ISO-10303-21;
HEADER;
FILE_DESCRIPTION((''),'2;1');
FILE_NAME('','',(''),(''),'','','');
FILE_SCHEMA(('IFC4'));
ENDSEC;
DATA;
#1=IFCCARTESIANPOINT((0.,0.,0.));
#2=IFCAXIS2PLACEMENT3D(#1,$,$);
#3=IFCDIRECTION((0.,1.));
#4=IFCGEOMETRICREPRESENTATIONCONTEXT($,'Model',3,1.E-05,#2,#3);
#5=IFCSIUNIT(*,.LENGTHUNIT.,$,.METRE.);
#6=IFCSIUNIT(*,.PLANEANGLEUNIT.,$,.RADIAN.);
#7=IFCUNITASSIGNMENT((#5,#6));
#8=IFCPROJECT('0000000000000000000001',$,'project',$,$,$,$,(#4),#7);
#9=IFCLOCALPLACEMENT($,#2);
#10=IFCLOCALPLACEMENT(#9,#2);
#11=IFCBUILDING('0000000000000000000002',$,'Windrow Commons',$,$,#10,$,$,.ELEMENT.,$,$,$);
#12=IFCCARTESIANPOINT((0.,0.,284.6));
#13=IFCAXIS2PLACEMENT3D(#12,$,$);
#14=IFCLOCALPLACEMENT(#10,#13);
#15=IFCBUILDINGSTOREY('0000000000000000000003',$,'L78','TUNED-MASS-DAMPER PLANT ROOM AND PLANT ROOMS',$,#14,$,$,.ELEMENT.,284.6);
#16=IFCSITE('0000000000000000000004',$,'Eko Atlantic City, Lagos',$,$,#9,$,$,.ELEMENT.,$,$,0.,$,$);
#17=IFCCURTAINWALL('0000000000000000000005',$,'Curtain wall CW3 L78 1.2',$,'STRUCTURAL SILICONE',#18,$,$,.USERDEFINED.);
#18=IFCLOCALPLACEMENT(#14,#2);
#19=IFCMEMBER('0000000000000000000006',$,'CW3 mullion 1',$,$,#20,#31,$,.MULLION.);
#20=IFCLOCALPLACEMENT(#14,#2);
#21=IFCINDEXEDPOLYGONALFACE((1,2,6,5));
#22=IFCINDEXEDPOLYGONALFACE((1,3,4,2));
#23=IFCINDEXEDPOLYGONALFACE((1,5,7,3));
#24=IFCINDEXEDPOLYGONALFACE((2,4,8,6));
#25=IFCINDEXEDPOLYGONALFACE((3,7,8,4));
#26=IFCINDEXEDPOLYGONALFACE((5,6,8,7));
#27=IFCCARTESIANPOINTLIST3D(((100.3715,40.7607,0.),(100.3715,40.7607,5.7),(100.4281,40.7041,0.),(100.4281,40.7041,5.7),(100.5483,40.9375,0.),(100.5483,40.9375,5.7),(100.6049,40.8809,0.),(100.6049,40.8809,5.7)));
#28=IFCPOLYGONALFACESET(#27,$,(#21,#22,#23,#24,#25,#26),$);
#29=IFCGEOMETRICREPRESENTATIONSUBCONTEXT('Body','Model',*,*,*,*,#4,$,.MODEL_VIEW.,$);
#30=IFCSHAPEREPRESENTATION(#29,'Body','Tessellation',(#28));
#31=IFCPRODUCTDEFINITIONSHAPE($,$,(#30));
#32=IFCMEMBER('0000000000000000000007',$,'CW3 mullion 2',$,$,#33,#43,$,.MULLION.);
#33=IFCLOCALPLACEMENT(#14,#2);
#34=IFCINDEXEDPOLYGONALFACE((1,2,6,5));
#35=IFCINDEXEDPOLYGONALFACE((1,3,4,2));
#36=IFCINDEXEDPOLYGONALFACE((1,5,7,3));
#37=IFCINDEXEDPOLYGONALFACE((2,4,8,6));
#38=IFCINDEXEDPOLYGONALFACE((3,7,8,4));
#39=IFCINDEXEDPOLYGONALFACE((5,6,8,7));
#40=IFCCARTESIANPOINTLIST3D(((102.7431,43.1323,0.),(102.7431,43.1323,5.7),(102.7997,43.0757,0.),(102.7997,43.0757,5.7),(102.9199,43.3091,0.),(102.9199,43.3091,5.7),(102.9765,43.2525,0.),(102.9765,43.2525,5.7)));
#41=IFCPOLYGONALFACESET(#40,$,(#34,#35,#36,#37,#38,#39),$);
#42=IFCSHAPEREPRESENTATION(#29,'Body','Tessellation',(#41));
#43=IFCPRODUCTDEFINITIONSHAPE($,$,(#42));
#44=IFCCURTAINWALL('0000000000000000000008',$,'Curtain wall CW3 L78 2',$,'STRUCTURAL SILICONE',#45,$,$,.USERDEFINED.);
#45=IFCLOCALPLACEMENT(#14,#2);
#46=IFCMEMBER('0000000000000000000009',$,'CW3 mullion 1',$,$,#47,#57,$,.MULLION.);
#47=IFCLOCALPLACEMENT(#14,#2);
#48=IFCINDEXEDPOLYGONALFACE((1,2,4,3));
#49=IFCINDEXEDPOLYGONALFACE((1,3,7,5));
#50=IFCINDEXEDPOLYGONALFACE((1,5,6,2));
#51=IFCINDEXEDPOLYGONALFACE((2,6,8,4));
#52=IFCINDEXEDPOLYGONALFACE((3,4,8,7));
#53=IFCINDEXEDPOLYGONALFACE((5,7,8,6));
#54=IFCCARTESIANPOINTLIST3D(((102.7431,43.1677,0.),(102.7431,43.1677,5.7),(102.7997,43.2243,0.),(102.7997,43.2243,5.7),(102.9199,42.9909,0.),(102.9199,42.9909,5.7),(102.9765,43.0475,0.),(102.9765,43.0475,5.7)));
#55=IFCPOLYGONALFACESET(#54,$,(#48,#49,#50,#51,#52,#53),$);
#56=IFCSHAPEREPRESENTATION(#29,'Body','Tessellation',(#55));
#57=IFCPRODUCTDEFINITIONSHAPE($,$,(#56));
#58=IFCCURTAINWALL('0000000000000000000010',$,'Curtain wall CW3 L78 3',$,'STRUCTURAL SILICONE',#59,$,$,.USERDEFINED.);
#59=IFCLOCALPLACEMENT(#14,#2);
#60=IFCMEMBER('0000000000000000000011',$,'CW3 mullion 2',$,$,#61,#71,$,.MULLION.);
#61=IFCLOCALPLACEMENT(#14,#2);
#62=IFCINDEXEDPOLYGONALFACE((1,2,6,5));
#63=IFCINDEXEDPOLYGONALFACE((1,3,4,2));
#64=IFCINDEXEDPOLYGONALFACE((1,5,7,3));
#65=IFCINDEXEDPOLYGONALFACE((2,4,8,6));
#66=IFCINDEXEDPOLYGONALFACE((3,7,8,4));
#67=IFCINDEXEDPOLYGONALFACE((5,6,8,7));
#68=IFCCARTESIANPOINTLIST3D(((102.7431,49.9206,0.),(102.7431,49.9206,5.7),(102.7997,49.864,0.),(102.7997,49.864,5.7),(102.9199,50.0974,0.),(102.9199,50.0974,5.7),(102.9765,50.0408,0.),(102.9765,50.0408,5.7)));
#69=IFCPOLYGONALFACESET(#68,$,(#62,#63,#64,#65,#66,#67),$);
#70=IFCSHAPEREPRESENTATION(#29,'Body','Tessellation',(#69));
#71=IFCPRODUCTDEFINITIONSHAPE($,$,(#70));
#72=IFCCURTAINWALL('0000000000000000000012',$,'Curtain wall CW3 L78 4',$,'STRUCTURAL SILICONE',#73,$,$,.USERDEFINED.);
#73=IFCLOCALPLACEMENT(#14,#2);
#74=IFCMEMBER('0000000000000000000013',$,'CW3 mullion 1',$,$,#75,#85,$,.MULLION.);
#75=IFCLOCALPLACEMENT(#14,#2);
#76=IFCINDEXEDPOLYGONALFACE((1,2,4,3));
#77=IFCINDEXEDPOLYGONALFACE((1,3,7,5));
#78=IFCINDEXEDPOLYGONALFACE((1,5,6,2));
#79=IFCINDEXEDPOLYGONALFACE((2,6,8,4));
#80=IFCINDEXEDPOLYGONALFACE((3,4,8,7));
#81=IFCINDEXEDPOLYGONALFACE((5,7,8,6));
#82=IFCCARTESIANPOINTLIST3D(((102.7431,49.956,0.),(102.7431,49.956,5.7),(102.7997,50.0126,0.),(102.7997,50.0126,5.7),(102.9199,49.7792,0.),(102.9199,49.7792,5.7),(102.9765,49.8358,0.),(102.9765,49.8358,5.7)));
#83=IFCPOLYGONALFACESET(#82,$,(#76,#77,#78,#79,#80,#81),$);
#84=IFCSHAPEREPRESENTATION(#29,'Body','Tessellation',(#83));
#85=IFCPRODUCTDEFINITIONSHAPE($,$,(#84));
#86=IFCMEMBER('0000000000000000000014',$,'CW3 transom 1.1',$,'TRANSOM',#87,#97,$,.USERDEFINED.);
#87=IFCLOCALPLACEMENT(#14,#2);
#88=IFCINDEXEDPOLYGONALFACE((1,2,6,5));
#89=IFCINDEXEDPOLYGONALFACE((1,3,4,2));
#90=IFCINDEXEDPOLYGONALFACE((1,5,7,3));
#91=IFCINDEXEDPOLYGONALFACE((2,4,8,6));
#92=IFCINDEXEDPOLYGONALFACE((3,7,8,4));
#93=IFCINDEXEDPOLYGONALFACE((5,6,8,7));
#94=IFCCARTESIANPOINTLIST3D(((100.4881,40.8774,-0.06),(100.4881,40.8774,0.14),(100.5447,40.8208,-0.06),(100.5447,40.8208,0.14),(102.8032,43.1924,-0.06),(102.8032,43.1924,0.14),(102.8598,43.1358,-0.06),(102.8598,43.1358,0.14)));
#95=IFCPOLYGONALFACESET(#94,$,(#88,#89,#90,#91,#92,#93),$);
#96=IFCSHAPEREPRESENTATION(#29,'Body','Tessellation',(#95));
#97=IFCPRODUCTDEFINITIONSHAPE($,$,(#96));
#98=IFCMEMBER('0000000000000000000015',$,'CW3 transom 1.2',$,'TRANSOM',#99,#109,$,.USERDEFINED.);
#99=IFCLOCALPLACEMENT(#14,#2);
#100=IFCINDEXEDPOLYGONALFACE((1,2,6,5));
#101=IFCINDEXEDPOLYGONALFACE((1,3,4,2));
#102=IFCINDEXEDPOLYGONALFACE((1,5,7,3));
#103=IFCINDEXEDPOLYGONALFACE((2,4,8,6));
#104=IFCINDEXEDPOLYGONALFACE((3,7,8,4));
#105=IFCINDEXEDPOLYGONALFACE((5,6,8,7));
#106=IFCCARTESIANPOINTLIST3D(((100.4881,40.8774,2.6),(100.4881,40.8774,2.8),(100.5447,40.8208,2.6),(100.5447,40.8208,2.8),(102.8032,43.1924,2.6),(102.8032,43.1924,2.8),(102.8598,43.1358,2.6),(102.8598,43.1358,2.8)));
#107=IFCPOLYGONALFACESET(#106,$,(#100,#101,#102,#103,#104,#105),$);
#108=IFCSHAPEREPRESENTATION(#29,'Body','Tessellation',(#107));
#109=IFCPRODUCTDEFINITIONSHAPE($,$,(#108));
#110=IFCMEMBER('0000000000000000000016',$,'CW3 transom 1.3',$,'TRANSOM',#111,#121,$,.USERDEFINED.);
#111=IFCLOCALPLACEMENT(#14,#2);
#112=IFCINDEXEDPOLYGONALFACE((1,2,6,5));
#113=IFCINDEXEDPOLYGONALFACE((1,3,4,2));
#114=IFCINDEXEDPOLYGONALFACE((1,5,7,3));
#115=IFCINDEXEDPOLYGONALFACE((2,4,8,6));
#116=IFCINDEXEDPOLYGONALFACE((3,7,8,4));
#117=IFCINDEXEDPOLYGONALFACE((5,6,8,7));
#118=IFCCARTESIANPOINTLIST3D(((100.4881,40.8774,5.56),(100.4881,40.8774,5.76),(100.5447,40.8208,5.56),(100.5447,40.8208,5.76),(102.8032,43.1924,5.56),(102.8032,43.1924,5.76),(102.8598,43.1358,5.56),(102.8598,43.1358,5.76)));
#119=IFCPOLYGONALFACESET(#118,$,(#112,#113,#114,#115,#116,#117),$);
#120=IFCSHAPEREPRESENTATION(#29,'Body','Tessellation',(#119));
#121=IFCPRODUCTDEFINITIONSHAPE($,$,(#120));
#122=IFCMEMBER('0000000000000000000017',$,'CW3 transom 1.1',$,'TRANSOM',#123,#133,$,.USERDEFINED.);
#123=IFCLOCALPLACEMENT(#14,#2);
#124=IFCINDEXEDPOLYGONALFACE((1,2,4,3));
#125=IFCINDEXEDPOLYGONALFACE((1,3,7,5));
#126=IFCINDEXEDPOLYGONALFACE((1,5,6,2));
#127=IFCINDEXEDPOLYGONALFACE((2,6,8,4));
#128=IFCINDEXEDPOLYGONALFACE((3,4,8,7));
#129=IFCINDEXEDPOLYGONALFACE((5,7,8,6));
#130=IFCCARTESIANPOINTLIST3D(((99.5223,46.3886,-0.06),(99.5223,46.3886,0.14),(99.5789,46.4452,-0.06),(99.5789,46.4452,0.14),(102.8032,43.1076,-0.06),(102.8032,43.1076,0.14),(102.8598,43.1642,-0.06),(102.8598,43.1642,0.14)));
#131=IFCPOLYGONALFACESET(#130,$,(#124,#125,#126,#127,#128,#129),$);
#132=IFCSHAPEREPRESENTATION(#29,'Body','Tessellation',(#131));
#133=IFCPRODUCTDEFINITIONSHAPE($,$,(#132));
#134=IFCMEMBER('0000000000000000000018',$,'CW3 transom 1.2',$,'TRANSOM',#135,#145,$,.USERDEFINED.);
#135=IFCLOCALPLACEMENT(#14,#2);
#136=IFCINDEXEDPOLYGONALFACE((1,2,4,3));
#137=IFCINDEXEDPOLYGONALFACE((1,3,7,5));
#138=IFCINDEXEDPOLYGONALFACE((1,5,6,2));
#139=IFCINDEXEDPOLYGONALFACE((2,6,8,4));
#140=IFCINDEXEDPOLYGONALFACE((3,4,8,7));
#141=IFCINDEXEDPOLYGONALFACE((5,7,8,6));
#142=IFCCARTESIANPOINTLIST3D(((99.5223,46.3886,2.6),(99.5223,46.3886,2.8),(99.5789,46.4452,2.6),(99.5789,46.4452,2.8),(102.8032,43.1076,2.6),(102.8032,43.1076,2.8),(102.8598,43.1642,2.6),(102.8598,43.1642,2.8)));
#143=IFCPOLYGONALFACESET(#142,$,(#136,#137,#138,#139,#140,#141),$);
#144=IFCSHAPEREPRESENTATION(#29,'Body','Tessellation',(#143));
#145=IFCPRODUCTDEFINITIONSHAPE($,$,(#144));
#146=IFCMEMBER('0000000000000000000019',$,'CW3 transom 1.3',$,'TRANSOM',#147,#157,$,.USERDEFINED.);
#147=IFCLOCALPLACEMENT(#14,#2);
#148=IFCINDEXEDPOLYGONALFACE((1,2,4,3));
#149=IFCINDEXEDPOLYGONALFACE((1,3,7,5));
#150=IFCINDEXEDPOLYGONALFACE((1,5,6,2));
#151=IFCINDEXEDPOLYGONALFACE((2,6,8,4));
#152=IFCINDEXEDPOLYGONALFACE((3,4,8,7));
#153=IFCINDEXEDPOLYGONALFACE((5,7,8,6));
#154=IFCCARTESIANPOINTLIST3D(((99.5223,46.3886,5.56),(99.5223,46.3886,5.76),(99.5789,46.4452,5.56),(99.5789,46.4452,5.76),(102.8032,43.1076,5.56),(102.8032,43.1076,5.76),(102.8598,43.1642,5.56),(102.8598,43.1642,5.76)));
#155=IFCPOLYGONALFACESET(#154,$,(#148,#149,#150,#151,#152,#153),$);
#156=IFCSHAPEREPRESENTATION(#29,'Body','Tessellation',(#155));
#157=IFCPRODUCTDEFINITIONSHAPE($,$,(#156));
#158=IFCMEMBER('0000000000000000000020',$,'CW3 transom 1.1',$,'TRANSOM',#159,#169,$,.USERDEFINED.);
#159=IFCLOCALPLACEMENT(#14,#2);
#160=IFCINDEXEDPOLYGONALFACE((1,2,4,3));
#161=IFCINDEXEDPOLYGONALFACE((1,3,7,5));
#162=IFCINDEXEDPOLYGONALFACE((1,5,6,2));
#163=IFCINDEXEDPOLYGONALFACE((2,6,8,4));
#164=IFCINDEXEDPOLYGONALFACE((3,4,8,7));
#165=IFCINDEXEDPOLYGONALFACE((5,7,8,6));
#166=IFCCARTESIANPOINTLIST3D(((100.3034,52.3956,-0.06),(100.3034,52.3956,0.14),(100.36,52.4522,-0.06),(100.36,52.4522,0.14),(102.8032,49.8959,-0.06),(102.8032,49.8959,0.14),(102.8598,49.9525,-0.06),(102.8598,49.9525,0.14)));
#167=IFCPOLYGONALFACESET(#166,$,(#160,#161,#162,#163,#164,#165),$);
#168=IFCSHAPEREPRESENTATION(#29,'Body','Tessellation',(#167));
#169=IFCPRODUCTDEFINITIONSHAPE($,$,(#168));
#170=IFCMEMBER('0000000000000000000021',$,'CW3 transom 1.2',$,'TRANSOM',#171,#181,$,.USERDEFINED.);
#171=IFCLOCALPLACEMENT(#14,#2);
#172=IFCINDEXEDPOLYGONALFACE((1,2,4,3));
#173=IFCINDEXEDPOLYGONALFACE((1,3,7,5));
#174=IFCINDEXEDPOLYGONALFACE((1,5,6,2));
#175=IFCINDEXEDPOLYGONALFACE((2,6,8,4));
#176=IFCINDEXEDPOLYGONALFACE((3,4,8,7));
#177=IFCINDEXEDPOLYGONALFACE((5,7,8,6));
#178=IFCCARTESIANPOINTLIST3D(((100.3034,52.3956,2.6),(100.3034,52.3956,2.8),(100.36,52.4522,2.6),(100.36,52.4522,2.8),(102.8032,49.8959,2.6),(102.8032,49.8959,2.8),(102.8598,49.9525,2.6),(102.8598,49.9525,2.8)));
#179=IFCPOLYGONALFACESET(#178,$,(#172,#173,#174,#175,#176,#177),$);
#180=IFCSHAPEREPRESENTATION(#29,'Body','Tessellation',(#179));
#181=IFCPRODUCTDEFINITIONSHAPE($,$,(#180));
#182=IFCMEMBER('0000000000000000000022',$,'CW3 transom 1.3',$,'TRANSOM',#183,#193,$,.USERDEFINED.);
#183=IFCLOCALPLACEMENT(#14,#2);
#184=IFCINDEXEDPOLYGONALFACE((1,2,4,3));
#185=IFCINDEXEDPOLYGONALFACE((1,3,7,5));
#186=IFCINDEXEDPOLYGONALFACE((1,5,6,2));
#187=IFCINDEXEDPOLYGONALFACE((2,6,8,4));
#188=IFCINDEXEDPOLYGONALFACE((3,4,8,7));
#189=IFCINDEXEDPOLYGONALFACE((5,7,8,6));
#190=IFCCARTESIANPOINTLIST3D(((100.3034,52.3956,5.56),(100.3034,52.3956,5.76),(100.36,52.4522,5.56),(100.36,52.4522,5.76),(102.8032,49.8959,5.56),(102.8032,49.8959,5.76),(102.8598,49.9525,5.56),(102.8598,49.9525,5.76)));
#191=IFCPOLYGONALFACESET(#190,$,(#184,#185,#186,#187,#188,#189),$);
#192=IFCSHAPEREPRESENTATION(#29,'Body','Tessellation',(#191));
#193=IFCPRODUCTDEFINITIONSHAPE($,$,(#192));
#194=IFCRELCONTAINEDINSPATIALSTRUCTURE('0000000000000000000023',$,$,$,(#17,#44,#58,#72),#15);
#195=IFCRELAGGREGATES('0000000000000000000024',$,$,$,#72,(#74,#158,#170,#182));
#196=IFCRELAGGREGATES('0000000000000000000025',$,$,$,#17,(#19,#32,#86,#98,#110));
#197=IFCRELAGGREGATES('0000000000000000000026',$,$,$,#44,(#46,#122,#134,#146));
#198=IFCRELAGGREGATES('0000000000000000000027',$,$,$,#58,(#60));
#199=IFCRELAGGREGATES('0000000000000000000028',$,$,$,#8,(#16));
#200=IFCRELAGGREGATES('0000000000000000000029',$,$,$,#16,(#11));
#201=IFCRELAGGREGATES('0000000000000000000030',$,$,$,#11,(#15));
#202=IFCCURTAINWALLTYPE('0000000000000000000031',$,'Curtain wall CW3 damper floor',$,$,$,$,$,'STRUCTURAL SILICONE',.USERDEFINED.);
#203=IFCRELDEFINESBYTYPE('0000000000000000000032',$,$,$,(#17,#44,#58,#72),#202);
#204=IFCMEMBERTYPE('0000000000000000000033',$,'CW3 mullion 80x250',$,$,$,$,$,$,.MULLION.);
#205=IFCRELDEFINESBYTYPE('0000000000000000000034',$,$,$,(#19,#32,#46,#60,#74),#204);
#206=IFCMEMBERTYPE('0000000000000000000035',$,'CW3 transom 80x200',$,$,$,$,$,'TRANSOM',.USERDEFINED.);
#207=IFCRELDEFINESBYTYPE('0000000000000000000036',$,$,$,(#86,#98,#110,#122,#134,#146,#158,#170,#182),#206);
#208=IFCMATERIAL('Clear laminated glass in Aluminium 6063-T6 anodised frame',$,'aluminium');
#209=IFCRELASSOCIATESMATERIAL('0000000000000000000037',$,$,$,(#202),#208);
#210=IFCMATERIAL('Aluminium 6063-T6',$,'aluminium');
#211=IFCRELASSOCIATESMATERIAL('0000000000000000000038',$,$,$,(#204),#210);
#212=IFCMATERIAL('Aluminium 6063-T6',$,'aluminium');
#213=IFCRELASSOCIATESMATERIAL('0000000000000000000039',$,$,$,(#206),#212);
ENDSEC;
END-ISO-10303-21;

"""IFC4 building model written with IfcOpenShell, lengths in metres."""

from ifc_helpers import new_model, si_unit, direction, frame, origin, origin_2d, place, context, subcontext, project, spatial, rectangle, extrude, material, material_profile, profile_set, type_object, element, aggregate, save


model = new_model("IFC4")

# Units and contexts
model_context = context("Model", 3, precision=1e-05, world=origin(), true_north=direction((0.0, 1.0)))
body_context = subcontext(model_context, "Body", "Model", "MODEL_VIEW")
ifc_project = project(units=[si_unit("LENGTHUNIT", "METRE"), si_unit("PLANEANGLEUNIT", "RADIAN")], contexts=[model_context])

# Site, building, storey
site_placement = place(None, origin())
site = spatial("IfcSite", under=ifc_project, at=site_placement, Name="Eko Atlantic City, Lagos", CompositionType="ELEMENT", RefElevation=0.0)
building_placement = place(site_placement, origin())
building = spatial("IfcBuilding", under=site, at=building_placement, Name="Windrow Commons", CompositionType="ELEMENT")
storey_placement = place(building_placement, frame((0.0, 0.0, 284.6)))
storey = spatial("IfcBuildingStorey", under=building, at=storey_placement, Name="L78", Description="TUNED-MASS-DAMPER PLANT ROOM AND PLANT ROOMS", CompositionType="ELEMENT", Elevation=284.6)

# Curtain wall, members
ifc_material_1 = material(Name="Clear laminated glass in Aluminium 6063-T6 anodised frame", Category="aluminium")
curtain_wall_type = type_object("IfcCurtainWallType", Name="Curtain wall CW3 damper floor", ElementType="STRUCTURAL SILICONE", PredefinedType="USERDEFINED", material=ifc_material_1)
placement = place(storey_placement, origin())
curtain_wall_1 = element("IfcCurtainWall", 1, at=placement, inside=storey, type_object=curtain_wall_type, Name="Curtain wall CW3 L78 1.2", ObjectType="STRUCTURAL SILICONE", PredefinedType="USERDEFINED")
ifc_material_2 = material(Name="Aluminium 6063-T6", Category="aluminium")
ifc_material_profile_1 = material_profile(ifc_material_2, rectangle(XDim=0.08, YDim=0.25, at=origin_2d()))
ifc_profile_set_1 = profile_set([ifc_material_profile_1], Name="Aluminium 6063-T6")
member_type_1 = type_object("IfcMemberType", Name="CW3 mullion 80x250", PredefinedType="MULLION", material=ifc_profile_set_1)
member_1_placement = place(storey_placement, frame((100.4882, 40.8208, 0.0), z_axis=(0.0, 0.0, 1.0), x_axis=(-0.707104, 0.707109, 0.0)))
member_1 = element("IfcMember", 2, at=member_1_placement, type_object=member_type_1, Name="CW3 mullion 1", PredefinedType="MULLION", context=body_context, shape_type="SweptSolid", body=[
    extrude(rectangle(XDim=0.08, YDim=0.25, at=origin_2d()), origin(), (0.0, 0.0, 1.0), 5.7),
])
member_2_placement = place(storey_placement, frame((102.8598, 43.1924, 0.0), z_axis=(0.0, 0.0, 1.0), x_axis=(-0.707104, 0.707109, 0.0)))
member_2 = element("IfcMember", 3, at=member_2_placement, type_object=member_type_1, Name="CW3 mullion 2", PredefinedType="MULLION", context=body_context, shape_type="SweptSolid", body=[
    extrude(rectangle(XDim=0.08, YDim=0.25, at=origin_2d()), origin(), (0.0, 0.0, 1.0), 5.7),
])

# Curtain walls, members
curtain_wall_2 = element("IfcCurtainWall", 4, at=placement, inside=storey, type_object=curtain_wall_type, Name="Curtain wall CW3 L78 2", ObjectType="STRUCTURAL SILICONE", PredefinedType="USERDEFINED")
member_3_placement = place(storey_placement, frame((102.8598, 43.1076, 0.0), z_axis=(0.0, 0.0, 1.0), x_axis=(-0.707117, -0.707096, 0.0)))
member_3 = element("IfcMember", 5, at=member_3_placement, type_object=member_type_1, Name="CW3 mullion 1", PredefinedType="MULLION", context=body_context, shape_type="SweptSolid", body=[
    extrude(rectangle(XDim=0.08, YDim=0.25, at=origin_2d()), origin(), (0.0, 0.0, 1.0), 5.7),
])
curtain_wall_3 = element("IfcCurtainWall", 6, at=placement, inside=storey, type_object=curtain_wall_type, Name="Curtain wall CW3 L78 3", ObjectType="STRUCTURAL SILICONE", PredefinedType="USERDEFINED")
member_4_placement = place(storey_placement, frame((102.8598, 49.9807, 0.0), z_axis=(0.0, 0.0, 1.0), x_axis=(-0.707107, 0.707107, 0.0)))
member_4 = element("IfcMember", 7, at=member_4_placement, type_object=member_type_1, Name="CW3 mullion 2", PredefinedType="MULLION", context=body_context, shape_type="SweptSolid", body=[
    extrude(rectangle(XDim=0.08, YDim=0.25, at=origin_2d()), origin(), (0.0, 0.0, 1.0), 5.7),
])
curtain_wall_4 = element("IfcCurtainWall", 8, at=placement, inside=storey, type_object=curtain_wall_type, Name="Curtain wall CW3 L78 4", ObjectType="STRUCTURAL SILICONE", PredefinedType="USERDEFINED")
member_5_placement = place(storey_placement, frame((102.8598, 49.8959, 0.0), z_axis=(0.0, 0.0, 1.0), x_axis=(-0.707107, -0.707107, 0.0)))
member_5 = element("IfcMember", 9, at=member_5_placement, type_object=member_type_1, Name="CW3 mullion 1", PredefinedType="MULLION", context=body_context, shape_type="SweptSolid", body=[
    extrude(rectangle(XDim=0.08, YDim=0.25, at=origin_2d()), origin(), (0.0, 0.0, 1.0), 5.7),
])

# Members
ifc_material_3 = material(Name="Aluminium 6063-T6", Category="aluminium")
ifc_material_profile_2 = material_profile(ifc_material_3, rectangle(XDim=0.08, YDim=0.2, at=origin_2d()))
ifc_profile_set_2 = profile_set([ifc_material_profile_2], Name="Aluminium 6063-T6")
member_type_2 = type_object("IfcMemberType", Name="CW3 transom 80x200", ElementType="TRANSOM", PredefinedType="USERDEFINED", material=ifc_profile_set_2)
member_6_placement = place(storey_placement, frame((100.5164, 40.8491, 0.04), z_axis=(0.707122, 0.707092, 0.0), x_axis=(-0.707092, 0.707122, 0.0)))
member_6 = element("IfcMember", 10, at=member_6_placement, type_object=member_type_2, Name="CW3 transom 1.1", ObjectType="TRANSOM", PredefinedType="USERDEFINED", context=body_context, shape_type="SweptSolid", body=[
    extrude(rectangle(XDim=0.08, YDim=0.2, at=origin_2d()), origin(), (0.0, 0.0, 1.0), 3.274),
])
member_7_placement = place(storey_placement, frame((100.5164, 40.8491, 2.7), z_axis=(0.707122, 0.707092, 0.0), x_axis=(-0.707092, 0.707122, 0.0)))
member_7 = element("IfcMember", 11, at=member_7_placement, type_object=member_type_2, Name="CW3 transom 1.2", ObjectType="TRANSOM", PredefinedType="USERDEFINED", context=body_context, shape_type="SweptSolid", body=[
    extrude(rectangle(XDim=0.08, YDim=0.2, at=origin_2d()), origin(), (0.0, 0.0, 1.0), 3.274),
])
member_8_placement = place(storey_placement, frame((100.5164, 40.8491, 5.66), z_axis=(0.707122, 0.707092, 0.0), x_axis=(-0.707092, 0.707122, 0.0)))
member_8 = element("IfcMember", 12, at=member_8_placement, type_object=member_type_2, Name="CW3 transom 1.3", ObjectType="TRANSOM", PredefinedType="USERDEFINED", context=body_context, shape_type="SweptSolid", body=[
    extrude(rectangle(XDim=0.08, YDim=0.2, at=origin_2d()), origin(), (0.0, 0.0, 1.0), 3.274),
])
member_9_placement = place(storey_placement, frame((102.8315, 43.1359, 0.04), z_axis=(-0.707096, 0.707118, 0.0), x_axis=(-0.707118, -0.707096, 0.0)))
member_9 = element("IfcMember", 13, at=member_9_placement, type_object=member_type_2, Name="CW3 transom 1.1", ObjectType="TRANSOM", PredefinedType="USERDEFINED", context=body_context, shape_type="SweptSolid", body=[
    extrude(rectangle(XDim=0.08, YDim=0.2, at=origin_2d()), origin(), (0.0, 0.0, 1.0), 4.64),
])
member_10_placement = place(storey_placement, frame((102.8315, 43.1359, 2.7), z_axis=(-0.707096, 0.707118, 0.0), x_axis=(-0.707118, -0.707096, 0.0)))
member_10 = element("IfcMember", 14, at=member_10_placement, type_object=member_type_2, Name="CW3 transom 1.2", ObjectType="TRANSOM", PredefinedType="USERDEFINED", context=body_context, shape_type="SweptSolid", body=[
    extrude(rectangle(XDim=0.08, YDim=0.2, at=origin_2d()), origin(), (0.0, 0.0, 1.0), 4.64),
])
member_11_placement = place(storey_placement, frame((102.8315, 43.1359, 5.66), z_axis=(-0.707096, 0.707118, 0.0), x_axis=(-0.707118, -0.707096, 0.0)))
member_11 = element("IfcMember", 15, at=member_11_placement, type_object=member_type_2, Name="CW3 transom 1.3", ObjectType="TRANSOM", PredefinedType="USERDEFINED", context=body_context, shape_type="SweptSolid", body=[
    extrude(rectangle(XDim=0.08, YDim=0.2, at=origin_2d()), origin(), (0.0, 0.0, 1.0), 4.64),
])
member_12_placement = place(storey_placement, frame((102.8315, 49.9242, 0.04), z_axis=(-0.707121, 0.707093, 0.0), x_axis=(-0.707093, -0.707121, 0.0)))
member_12 = element("IfcMember", 16, at=member_12_placement, type_object=member_type_2, Name="CW3 transom 1.1", ObjectType="TRANSOM", PredefinedType="USERDEFINED", context=body_context, shape_type="SweptSolid", body=[
    extrude(rectangle(XDim=0.08, YDim=0.2, at=origin_2d()), origin(), (0.0, 0.0, 1.0), 3.5352),
])
member_13_placement = place(storey_placement, frame((102.8315, 49.9242, 2.7), z_axis=(-0.707121, 0.707093, 0.0), x_axis=(-0.707093, -0.707121, 0.0)))
member_13 = element("IfcMember", 17, at=member_13_placement, type_object=member_type_2, Name="CW3 transom 1.2", ObjectType="TRANSOM", PredefinedType="USERDEFINED", context=body_context, shape_type="SweptSolid", body=[
    extrude(rectangle(XDim=0.08, YDim=0.2, at=origin_2d()), origin(), (0.0, 0.0, 1.0), 3.5352),
])
member_14_placement = place(storey_placement, frame((102.8315, 49.9242, 5.66), z_axis=(-0.707121, 0.707093, 0.0), x_axis=(-0.707093, -0.707121, 0.0)))
member_14 = element("IfcMember", 18, at=member_14_placement, type_object=member_type_2, Name="CW3 transom 1.3", ObjectType="TRANSOM", PredefinedType="USERDEFINED", context=body_context, shape_type="SweptSolid", body=[
    extrude(rectangle(XDim=0.08, YDim=0.2, at=origin_2d()), origin(), (0.0, 0.0, 1.0), 3.5352),
])
aggregate(curtain_wall_4, [member_5, member_12, member_13, member_14])

aggregate(curtain_wall_1, [member_1, member_2, member_6, member_7, member_8])
aggregate(curtain_wall_2, [member_3, member_9, member_10, member_11])
aggregate(curtain_wall_3, [member_4])

save(model, "model.ifc")
